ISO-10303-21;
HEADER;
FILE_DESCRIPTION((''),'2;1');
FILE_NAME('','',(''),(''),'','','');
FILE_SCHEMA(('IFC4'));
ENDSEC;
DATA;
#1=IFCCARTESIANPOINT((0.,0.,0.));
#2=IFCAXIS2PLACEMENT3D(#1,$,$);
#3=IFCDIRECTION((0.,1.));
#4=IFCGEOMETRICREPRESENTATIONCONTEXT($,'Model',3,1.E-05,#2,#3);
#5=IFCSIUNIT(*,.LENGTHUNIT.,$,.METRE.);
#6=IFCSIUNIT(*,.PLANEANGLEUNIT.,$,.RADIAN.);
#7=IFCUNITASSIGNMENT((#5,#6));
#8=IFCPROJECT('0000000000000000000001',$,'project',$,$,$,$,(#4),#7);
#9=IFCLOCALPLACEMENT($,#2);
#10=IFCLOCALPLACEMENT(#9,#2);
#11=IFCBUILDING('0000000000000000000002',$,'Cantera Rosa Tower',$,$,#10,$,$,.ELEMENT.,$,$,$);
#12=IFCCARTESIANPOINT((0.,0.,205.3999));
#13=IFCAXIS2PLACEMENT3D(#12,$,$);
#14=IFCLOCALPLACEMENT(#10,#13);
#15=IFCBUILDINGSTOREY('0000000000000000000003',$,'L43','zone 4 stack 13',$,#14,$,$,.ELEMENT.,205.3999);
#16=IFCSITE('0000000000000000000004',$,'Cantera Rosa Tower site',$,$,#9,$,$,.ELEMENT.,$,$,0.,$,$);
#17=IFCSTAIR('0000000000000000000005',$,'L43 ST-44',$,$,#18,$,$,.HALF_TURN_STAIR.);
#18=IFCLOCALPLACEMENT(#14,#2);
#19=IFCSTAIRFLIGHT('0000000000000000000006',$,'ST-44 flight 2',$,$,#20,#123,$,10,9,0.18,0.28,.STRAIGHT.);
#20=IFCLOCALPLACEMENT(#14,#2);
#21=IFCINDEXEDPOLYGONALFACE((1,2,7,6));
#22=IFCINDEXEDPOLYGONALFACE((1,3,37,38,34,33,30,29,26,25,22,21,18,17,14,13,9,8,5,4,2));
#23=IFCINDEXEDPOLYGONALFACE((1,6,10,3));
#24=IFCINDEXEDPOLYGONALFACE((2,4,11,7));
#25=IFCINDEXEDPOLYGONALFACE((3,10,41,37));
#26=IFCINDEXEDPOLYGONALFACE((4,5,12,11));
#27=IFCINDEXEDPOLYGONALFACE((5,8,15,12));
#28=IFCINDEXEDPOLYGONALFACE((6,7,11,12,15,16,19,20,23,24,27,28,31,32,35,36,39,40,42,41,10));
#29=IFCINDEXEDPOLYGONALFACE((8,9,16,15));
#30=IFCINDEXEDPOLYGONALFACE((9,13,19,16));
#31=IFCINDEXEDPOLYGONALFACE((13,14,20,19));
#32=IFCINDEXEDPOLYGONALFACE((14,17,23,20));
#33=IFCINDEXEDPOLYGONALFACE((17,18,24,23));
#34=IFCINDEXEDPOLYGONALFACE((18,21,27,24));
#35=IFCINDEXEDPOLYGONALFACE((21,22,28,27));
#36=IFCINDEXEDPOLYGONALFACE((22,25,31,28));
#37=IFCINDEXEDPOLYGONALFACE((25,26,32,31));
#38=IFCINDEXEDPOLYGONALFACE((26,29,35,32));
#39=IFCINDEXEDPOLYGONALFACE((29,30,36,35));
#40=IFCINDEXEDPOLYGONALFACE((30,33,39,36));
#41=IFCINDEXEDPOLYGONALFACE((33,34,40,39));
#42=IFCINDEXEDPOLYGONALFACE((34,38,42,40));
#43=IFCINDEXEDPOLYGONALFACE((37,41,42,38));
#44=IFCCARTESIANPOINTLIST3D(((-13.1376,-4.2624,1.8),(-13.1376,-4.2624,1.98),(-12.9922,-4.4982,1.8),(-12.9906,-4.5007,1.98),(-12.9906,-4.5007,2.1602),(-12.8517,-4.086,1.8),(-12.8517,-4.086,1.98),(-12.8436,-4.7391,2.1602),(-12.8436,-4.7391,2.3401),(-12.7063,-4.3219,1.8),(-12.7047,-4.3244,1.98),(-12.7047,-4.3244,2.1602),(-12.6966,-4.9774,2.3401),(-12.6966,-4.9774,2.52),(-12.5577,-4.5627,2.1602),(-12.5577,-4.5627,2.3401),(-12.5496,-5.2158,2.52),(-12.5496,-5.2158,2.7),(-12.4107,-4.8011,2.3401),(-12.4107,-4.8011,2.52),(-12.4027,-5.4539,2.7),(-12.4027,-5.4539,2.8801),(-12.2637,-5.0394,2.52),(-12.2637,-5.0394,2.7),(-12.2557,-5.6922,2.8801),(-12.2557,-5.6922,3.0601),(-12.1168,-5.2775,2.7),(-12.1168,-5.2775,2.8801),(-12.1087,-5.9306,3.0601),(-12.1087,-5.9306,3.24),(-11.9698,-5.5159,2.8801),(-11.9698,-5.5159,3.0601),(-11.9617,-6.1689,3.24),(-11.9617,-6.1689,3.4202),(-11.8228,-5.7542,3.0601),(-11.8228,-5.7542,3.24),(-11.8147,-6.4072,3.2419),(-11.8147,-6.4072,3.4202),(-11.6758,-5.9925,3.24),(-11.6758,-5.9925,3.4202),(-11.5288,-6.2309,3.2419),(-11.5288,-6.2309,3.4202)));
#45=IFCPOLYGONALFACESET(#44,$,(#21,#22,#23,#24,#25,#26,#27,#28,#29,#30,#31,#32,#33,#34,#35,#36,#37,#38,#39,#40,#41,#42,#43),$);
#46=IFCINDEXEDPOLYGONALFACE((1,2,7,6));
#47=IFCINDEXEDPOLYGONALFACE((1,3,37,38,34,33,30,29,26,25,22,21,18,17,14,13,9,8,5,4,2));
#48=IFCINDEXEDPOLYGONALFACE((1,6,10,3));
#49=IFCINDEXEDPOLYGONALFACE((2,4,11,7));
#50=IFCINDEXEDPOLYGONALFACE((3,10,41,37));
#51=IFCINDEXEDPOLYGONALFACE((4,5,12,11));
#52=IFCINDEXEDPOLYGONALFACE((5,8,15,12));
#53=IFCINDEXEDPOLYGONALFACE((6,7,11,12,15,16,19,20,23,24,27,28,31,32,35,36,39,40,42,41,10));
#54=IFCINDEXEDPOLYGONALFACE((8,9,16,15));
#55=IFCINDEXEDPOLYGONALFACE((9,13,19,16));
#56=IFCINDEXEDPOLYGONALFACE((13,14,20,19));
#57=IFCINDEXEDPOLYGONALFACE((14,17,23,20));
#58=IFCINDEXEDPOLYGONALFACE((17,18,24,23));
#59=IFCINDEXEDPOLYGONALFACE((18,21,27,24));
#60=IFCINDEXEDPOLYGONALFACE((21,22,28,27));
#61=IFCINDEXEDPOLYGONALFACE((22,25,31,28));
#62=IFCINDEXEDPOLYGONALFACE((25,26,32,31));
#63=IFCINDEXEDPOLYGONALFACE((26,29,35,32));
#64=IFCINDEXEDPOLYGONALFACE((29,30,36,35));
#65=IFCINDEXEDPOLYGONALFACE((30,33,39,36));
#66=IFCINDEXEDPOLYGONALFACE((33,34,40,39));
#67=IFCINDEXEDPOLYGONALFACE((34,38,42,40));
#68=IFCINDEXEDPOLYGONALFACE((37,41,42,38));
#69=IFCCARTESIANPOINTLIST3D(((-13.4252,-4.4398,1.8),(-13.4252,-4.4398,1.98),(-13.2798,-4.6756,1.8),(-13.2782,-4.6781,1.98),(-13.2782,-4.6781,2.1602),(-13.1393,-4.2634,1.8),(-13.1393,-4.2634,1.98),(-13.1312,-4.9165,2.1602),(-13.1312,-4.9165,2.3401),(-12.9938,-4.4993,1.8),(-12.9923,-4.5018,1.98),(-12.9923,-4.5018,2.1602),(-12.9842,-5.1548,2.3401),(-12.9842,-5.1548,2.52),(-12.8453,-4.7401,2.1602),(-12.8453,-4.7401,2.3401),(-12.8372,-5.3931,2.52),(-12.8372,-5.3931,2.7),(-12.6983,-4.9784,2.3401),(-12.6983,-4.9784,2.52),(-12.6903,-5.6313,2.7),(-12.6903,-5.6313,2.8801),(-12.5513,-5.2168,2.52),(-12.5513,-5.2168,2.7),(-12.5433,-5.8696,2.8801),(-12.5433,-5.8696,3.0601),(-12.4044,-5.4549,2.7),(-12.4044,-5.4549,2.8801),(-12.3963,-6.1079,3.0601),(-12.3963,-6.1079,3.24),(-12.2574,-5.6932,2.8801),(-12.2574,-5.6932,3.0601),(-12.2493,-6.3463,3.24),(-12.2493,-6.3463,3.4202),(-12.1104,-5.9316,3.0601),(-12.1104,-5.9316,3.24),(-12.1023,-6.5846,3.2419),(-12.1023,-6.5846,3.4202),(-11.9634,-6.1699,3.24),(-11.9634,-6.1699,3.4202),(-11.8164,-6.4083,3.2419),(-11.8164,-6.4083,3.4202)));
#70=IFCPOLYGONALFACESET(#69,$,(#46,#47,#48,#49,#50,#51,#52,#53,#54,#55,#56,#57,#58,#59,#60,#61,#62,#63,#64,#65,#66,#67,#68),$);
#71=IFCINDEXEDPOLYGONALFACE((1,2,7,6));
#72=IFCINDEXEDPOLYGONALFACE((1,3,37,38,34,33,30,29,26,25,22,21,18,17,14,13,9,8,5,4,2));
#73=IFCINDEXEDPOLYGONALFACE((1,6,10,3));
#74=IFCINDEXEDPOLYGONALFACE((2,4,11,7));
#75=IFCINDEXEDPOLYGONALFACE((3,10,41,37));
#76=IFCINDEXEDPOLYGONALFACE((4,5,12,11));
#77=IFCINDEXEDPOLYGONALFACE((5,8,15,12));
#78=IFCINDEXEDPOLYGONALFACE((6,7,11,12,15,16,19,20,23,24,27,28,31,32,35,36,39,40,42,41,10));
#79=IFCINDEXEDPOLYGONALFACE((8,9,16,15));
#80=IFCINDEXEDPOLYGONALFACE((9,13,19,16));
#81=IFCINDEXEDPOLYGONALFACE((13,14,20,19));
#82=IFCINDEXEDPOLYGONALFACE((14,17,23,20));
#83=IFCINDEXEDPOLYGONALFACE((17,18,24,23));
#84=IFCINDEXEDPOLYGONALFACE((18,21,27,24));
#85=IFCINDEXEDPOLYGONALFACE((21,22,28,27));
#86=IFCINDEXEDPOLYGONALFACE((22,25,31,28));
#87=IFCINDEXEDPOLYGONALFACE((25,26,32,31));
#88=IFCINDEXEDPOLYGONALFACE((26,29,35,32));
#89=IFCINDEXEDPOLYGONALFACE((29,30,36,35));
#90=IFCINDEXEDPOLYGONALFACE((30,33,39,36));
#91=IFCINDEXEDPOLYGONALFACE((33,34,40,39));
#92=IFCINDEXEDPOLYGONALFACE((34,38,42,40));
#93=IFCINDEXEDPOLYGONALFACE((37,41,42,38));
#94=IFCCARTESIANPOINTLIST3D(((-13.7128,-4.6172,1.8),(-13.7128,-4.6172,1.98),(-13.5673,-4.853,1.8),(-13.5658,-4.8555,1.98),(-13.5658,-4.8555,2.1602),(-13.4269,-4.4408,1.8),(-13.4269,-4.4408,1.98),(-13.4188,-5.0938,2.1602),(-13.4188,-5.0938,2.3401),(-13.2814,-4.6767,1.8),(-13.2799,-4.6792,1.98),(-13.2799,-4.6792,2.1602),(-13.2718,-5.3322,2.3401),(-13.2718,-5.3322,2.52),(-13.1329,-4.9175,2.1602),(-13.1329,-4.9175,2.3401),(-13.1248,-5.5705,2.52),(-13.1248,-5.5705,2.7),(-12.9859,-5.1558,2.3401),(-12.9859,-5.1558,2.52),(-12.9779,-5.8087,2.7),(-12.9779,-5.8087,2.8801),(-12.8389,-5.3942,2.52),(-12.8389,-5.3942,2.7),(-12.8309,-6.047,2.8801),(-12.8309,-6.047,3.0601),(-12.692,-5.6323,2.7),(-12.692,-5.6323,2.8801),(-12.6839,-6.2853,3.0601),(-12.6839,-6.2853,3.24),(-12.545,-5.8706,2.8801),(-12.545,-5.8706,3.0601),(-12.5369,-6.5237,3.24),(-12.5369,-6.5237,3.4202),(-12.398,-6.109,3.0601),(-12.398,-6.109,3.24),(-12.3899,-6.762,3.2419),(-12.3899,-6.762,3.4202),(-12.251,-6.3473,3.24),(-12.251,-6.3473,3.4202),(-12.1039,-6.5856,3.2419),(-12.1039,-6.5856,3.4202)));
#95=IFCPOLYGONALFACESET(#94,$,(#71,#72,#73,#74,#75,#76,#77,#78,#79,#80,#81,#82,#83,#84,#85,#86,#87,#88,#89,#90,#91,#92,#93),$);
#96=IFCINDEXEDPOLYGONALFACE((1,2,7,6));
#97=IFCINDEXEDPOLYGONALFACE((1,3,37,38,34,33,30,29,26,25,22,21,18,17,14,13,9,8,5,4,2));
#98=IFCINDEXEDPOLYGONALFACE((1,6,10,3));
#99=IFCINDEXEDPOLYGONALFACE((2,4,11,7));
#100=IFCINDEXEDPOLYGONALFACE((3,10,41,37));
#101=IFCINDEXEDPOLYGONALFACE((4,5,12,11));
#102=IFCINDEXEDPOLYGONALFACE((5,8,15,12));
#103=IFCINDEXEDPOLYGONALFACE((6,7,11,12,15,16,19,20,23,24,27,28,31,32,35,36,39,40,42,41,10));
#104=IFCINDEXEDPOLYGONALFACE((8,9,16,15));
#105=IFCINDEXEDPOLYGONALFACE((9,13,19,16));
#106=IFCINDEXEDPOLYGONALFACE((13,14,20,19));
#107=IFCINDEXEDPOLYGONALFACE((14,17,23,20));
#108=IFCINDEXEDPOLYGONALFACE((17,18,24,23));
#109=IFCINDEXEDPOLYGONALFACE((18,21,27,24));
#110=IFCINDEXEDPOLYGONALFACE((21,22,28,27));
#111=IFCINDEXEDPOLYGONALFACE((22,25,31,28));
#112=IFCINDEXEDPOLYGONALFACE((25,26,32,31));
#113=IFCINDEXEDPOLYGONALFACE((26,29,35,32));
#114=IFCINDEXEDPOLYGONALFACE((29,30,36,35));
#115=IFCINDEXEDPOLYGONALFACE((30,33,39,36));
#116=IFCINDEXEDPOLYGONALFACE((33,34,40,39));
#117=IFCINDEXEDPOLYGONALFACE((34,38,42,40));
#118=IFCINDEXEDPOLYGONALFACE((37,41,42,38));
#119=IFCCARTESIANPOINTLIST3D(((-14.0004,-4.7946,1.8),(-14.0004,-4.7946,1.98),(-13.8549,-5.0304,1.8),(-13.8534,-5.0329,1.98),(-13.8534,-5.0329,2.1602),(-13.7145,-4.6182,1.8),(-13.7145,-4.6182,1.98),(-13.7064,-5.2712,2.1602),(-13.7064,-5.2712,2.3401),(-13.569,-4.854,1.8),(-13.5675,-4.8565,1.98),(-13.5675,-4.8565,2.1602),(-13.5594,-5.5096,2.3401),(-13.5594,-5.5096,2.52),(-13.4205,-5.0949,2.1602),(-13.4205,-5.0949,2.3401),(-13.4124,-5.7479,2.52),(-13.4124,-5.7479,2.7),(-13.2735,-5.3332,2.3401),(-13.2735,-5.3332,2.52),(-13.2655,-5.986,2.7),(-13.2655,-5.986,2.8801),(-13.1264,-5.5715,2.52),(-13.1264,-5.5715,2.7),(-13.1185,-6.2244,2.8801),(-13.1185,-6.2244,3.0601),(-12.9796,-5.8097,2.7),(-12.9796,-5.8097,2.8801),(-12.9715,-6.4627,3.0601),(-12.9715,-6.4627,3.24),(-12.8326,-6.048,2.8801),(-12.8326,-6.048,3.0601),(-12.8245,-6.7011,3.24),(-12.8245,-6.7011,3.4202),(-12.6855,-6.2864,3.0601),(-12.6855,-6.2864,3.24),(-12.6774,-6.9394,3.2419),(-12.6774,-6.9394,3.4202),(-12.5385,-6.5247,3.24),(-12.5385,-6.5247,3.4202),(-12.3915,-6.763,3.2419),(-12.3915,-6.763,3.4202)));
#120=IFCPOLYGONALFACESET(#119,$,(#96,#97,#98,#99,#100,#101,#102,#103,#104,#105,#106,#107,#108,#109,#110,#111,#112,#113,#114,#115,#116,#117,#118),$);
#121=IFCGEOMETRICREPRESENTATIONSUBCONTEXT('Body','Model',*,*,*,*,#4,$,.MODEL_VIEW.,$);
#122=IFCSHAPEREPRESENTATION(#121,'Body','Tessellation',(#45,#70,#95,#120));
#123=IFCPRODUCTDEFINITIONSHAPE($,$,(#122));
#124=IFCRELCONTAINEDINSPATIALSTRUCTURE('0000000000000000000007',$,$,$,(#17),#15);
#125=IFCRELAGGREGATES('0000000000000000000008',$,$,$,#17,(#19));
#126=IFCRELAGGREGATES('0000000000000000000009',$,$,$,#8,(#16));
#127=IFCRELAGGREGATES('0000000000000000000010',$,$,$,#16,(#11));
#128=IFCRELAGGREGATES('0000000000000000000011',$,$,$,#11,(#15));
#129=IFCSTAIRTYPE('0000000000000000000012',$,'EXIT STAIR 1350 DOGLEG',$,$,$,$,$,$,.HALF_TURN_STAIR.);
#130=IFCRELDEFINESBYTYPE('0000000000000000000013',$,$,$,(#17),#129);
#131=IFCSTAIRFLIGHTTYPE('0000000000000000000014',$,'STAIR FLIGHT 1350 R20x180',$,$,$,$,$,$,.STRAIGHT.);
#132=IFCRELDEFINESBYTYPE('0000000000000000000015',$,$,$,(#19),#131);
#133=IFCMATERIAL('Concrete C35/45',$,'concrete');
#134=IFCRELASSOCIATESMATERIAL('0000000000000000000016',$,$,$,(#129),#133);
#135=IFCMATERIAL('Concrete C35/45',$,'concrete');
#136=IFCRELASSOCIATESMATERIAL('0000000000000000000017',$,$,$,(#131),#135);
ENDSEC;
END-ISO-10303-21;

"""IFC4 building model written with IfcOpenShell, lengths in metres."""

from ifc_helpers import new_model, si_unit, direction, frame, origin, place, context, subcontext, project, spatial, polyline, outline, extrude, material, type_object, element, aggregate, save


model = new_model("IFC4")

# Units and contexts
model_context = context("Model", 3, precision=1e-05, world=origin(), true_north=direction((0.0, 1.0)))
body_context = subcontext(model_context, "Body", "Model", "MODEL_VIEW")
ifc_project = project(units=[si_unit("LENGTHUNIT", "METRE"), si_unit("PLANEANGLEUNIT", "RADIAN")], contexts=[model_context])

# Site, building, storey
site_placement = place(None, origin())
site = spatial("IfcSite", under=ifc_project, at=site_placement, Name="Cantera Rosa Tower site", CompositionType="ELEMENT", RefElevation=0.0)
building_placement = place(site_placement, origin())
building = spatial("IfcBuilding", under=site, at=building_placement, Name="Cantera Rosa Tower", CompositionType="ELEMENT")
storey_placement = place(building_placement, frame((0.0, 0.0, 205.3999)))
storey = spatial("IfcBuildingStorey", under=building, at=storey_placement, Name="L43", Description="zone 4 stack 13", CompositionType="ELEMENT", Elevation=205.3999)

# Stair, stair flight
ifc_material_1 = material(Name="Concrete C35/45", Category="concrete")
stair_type = type_object("IfcStairType", Name="EXIT STAIR 1350 DOGLEG", PredefinedType="HALF_TURN_STAIR", material=ifc_material_1)
stair_placement = place(storey_placement, origin())
stair = element("IfcStair", 1, at=stair_placement, inside=storey, type_object=stair_type, Name="L43 ST-44", PredefinedType="HALF_TURN_STAIR")
ifc_material_2 = material(Name="Concrete C35/45", Category="concrete")
stair_flight_type = type_object("IfcStairFlightType", Name="STAIR FLIGHT 1350 R20x180", PredefinedType="STRAIGHT", material=ifc_material_2)
stair_flight_1_placement = place(storey_placement, frame((-13.4263, -4.4404, 1.8), z_axis=(0.0, 0.0, 1.0), x_axis=(0.524977, -0.851117, 0.0)))
stair_flight_1 = element("IfcStairFlight", 2, at=stair_flight_1_placement, type_object=stair_flight_type, Name="ST-44 flight 2", NumberOfRisers=10, NumberOfTreads=9, PredefinedType="STRAIGHT", RiserHeight=0.18, TreadLength=0.28, context=body_context, shape_type="SweptSolid", body=[
    extrude(outline(polyline([(0.0, 0.0), (0.0, 0.1799), (0.28, 0.1799), (0.28, 0.3601), (0.5601, 0.3601), (0.5601, 0.54), (0.8401, 0.54), (0.8401, 0.72), (1.1201, 0.72), (1.1201, 0.8999), (1.3999, 0.8999), (1.3999, 1.0801), (1.6799, 1.0801), (1.6799, 1.26), (1.96, 1.26), (1.96, 1.4399), (2.24, 1.4399), (2.24, 1.6201), (2.52, 1.6201), (2.52, 1.8), (2.52, 1.4419), (0.2771, 0.0), (0.0, 0.0)])), frame((0.0, 0.675, 0.0), z_axis=(0.0, -1.0, 0.0), x_axis=(1.0, 0.0, 0.0)), (0.0, 0.0, 1.0), 0.3359),
    extrude(outline(polyline([(0.0, 0.0), (0.0, 0.1799), (0.28, 0.1799), (0.28, 0.3601), (0.5601, 0.3601), (0.5601, 0.54), (0.8401, 0.54), (0.8401, 0.72), (1.1201, 0.72), (1.1201, 0.8999), (1.3999, 0.8999), (1.3999, 1.0801), (1.6799, 1.0801), (1.6799, 1.26), (1.96, 1.26), (1.96, 1.4399), (2.24, 1.4399), (2.24, 1.6201), (2.52, 1.6201), (2.52, 1.8), (2.52, 1.4419), (0.2771, 0.0), (0.0, 0.0)])), frame((0.0, 0.3372, 0.0), z_axis=(0.0, -1.0, 0.0), x_axis=(1.0, 0.0, 0.0)), (0.0, 0.0, 1.0), 0.3359),
    extrude(outline(polyline([(0.0, 0.0), (0.0, 0.1799), (0.28, 0.1799), (0.28, 0.3601), (0.5601, 0.3601), (0.5601, 0.54), (0.8401, 0.54), (0.8401, 0.72), (1.1201, 0.72), (1.1201, 0.8999), (1.3999, 0.8999), (1.3999, 1.0801), (1.6799, 1.0801), (1.6799, 1.26), (1.96, 1.26), (1.96, 1.4399), (2.24, 1.4399), (2.24, 1.6201), (2.52, 1.6201), (2.52, 1.8), (2.52, 1.4419), (0.2771, 0.0), (0.0, 0.0)])), frame((0.0, -0.0007, 0.0), z_axis=(0.0, -1.0, 0.0), x_axis=(1.0, 0.0, 0.0)), (0.0, 0.0, 1.0), 0.3359),
    extrude(outline(polyline([(0.0, 0.0), (0.0, 0.1799), (0.28, 0.1799), (0.28, 0.3601), (0.5601, 0.3601), (0.5601, 0.54), (0.8401, 0.54), (0.8401, 0.72), (1.1201, 0.72), (1.1201, 0.8999), (1.3999, 0.8999), (1.3999, 1.0801), (1.6799, 1.0801), (1.6799, 1.26), (1.96, 1.26), (1.96, 1.4399), (2.24, 1.4399), (2.24, 1.6201), (2.52, 1.6201), (2.52, 1.8), (2.52, 1.4419), (0.2771, 0.0), (0.0, 0.0)])), frame((0.0, -0.3386, 0.0), z_axis=(0.0, -1.0, 0.0), x_axis=(1.0, 0.0, 0.0)), (0.0, 0.0, 1.0), 0.3359),
])
aggregate(stair, [stair_flight_1])

save(model, "model.ifc")
